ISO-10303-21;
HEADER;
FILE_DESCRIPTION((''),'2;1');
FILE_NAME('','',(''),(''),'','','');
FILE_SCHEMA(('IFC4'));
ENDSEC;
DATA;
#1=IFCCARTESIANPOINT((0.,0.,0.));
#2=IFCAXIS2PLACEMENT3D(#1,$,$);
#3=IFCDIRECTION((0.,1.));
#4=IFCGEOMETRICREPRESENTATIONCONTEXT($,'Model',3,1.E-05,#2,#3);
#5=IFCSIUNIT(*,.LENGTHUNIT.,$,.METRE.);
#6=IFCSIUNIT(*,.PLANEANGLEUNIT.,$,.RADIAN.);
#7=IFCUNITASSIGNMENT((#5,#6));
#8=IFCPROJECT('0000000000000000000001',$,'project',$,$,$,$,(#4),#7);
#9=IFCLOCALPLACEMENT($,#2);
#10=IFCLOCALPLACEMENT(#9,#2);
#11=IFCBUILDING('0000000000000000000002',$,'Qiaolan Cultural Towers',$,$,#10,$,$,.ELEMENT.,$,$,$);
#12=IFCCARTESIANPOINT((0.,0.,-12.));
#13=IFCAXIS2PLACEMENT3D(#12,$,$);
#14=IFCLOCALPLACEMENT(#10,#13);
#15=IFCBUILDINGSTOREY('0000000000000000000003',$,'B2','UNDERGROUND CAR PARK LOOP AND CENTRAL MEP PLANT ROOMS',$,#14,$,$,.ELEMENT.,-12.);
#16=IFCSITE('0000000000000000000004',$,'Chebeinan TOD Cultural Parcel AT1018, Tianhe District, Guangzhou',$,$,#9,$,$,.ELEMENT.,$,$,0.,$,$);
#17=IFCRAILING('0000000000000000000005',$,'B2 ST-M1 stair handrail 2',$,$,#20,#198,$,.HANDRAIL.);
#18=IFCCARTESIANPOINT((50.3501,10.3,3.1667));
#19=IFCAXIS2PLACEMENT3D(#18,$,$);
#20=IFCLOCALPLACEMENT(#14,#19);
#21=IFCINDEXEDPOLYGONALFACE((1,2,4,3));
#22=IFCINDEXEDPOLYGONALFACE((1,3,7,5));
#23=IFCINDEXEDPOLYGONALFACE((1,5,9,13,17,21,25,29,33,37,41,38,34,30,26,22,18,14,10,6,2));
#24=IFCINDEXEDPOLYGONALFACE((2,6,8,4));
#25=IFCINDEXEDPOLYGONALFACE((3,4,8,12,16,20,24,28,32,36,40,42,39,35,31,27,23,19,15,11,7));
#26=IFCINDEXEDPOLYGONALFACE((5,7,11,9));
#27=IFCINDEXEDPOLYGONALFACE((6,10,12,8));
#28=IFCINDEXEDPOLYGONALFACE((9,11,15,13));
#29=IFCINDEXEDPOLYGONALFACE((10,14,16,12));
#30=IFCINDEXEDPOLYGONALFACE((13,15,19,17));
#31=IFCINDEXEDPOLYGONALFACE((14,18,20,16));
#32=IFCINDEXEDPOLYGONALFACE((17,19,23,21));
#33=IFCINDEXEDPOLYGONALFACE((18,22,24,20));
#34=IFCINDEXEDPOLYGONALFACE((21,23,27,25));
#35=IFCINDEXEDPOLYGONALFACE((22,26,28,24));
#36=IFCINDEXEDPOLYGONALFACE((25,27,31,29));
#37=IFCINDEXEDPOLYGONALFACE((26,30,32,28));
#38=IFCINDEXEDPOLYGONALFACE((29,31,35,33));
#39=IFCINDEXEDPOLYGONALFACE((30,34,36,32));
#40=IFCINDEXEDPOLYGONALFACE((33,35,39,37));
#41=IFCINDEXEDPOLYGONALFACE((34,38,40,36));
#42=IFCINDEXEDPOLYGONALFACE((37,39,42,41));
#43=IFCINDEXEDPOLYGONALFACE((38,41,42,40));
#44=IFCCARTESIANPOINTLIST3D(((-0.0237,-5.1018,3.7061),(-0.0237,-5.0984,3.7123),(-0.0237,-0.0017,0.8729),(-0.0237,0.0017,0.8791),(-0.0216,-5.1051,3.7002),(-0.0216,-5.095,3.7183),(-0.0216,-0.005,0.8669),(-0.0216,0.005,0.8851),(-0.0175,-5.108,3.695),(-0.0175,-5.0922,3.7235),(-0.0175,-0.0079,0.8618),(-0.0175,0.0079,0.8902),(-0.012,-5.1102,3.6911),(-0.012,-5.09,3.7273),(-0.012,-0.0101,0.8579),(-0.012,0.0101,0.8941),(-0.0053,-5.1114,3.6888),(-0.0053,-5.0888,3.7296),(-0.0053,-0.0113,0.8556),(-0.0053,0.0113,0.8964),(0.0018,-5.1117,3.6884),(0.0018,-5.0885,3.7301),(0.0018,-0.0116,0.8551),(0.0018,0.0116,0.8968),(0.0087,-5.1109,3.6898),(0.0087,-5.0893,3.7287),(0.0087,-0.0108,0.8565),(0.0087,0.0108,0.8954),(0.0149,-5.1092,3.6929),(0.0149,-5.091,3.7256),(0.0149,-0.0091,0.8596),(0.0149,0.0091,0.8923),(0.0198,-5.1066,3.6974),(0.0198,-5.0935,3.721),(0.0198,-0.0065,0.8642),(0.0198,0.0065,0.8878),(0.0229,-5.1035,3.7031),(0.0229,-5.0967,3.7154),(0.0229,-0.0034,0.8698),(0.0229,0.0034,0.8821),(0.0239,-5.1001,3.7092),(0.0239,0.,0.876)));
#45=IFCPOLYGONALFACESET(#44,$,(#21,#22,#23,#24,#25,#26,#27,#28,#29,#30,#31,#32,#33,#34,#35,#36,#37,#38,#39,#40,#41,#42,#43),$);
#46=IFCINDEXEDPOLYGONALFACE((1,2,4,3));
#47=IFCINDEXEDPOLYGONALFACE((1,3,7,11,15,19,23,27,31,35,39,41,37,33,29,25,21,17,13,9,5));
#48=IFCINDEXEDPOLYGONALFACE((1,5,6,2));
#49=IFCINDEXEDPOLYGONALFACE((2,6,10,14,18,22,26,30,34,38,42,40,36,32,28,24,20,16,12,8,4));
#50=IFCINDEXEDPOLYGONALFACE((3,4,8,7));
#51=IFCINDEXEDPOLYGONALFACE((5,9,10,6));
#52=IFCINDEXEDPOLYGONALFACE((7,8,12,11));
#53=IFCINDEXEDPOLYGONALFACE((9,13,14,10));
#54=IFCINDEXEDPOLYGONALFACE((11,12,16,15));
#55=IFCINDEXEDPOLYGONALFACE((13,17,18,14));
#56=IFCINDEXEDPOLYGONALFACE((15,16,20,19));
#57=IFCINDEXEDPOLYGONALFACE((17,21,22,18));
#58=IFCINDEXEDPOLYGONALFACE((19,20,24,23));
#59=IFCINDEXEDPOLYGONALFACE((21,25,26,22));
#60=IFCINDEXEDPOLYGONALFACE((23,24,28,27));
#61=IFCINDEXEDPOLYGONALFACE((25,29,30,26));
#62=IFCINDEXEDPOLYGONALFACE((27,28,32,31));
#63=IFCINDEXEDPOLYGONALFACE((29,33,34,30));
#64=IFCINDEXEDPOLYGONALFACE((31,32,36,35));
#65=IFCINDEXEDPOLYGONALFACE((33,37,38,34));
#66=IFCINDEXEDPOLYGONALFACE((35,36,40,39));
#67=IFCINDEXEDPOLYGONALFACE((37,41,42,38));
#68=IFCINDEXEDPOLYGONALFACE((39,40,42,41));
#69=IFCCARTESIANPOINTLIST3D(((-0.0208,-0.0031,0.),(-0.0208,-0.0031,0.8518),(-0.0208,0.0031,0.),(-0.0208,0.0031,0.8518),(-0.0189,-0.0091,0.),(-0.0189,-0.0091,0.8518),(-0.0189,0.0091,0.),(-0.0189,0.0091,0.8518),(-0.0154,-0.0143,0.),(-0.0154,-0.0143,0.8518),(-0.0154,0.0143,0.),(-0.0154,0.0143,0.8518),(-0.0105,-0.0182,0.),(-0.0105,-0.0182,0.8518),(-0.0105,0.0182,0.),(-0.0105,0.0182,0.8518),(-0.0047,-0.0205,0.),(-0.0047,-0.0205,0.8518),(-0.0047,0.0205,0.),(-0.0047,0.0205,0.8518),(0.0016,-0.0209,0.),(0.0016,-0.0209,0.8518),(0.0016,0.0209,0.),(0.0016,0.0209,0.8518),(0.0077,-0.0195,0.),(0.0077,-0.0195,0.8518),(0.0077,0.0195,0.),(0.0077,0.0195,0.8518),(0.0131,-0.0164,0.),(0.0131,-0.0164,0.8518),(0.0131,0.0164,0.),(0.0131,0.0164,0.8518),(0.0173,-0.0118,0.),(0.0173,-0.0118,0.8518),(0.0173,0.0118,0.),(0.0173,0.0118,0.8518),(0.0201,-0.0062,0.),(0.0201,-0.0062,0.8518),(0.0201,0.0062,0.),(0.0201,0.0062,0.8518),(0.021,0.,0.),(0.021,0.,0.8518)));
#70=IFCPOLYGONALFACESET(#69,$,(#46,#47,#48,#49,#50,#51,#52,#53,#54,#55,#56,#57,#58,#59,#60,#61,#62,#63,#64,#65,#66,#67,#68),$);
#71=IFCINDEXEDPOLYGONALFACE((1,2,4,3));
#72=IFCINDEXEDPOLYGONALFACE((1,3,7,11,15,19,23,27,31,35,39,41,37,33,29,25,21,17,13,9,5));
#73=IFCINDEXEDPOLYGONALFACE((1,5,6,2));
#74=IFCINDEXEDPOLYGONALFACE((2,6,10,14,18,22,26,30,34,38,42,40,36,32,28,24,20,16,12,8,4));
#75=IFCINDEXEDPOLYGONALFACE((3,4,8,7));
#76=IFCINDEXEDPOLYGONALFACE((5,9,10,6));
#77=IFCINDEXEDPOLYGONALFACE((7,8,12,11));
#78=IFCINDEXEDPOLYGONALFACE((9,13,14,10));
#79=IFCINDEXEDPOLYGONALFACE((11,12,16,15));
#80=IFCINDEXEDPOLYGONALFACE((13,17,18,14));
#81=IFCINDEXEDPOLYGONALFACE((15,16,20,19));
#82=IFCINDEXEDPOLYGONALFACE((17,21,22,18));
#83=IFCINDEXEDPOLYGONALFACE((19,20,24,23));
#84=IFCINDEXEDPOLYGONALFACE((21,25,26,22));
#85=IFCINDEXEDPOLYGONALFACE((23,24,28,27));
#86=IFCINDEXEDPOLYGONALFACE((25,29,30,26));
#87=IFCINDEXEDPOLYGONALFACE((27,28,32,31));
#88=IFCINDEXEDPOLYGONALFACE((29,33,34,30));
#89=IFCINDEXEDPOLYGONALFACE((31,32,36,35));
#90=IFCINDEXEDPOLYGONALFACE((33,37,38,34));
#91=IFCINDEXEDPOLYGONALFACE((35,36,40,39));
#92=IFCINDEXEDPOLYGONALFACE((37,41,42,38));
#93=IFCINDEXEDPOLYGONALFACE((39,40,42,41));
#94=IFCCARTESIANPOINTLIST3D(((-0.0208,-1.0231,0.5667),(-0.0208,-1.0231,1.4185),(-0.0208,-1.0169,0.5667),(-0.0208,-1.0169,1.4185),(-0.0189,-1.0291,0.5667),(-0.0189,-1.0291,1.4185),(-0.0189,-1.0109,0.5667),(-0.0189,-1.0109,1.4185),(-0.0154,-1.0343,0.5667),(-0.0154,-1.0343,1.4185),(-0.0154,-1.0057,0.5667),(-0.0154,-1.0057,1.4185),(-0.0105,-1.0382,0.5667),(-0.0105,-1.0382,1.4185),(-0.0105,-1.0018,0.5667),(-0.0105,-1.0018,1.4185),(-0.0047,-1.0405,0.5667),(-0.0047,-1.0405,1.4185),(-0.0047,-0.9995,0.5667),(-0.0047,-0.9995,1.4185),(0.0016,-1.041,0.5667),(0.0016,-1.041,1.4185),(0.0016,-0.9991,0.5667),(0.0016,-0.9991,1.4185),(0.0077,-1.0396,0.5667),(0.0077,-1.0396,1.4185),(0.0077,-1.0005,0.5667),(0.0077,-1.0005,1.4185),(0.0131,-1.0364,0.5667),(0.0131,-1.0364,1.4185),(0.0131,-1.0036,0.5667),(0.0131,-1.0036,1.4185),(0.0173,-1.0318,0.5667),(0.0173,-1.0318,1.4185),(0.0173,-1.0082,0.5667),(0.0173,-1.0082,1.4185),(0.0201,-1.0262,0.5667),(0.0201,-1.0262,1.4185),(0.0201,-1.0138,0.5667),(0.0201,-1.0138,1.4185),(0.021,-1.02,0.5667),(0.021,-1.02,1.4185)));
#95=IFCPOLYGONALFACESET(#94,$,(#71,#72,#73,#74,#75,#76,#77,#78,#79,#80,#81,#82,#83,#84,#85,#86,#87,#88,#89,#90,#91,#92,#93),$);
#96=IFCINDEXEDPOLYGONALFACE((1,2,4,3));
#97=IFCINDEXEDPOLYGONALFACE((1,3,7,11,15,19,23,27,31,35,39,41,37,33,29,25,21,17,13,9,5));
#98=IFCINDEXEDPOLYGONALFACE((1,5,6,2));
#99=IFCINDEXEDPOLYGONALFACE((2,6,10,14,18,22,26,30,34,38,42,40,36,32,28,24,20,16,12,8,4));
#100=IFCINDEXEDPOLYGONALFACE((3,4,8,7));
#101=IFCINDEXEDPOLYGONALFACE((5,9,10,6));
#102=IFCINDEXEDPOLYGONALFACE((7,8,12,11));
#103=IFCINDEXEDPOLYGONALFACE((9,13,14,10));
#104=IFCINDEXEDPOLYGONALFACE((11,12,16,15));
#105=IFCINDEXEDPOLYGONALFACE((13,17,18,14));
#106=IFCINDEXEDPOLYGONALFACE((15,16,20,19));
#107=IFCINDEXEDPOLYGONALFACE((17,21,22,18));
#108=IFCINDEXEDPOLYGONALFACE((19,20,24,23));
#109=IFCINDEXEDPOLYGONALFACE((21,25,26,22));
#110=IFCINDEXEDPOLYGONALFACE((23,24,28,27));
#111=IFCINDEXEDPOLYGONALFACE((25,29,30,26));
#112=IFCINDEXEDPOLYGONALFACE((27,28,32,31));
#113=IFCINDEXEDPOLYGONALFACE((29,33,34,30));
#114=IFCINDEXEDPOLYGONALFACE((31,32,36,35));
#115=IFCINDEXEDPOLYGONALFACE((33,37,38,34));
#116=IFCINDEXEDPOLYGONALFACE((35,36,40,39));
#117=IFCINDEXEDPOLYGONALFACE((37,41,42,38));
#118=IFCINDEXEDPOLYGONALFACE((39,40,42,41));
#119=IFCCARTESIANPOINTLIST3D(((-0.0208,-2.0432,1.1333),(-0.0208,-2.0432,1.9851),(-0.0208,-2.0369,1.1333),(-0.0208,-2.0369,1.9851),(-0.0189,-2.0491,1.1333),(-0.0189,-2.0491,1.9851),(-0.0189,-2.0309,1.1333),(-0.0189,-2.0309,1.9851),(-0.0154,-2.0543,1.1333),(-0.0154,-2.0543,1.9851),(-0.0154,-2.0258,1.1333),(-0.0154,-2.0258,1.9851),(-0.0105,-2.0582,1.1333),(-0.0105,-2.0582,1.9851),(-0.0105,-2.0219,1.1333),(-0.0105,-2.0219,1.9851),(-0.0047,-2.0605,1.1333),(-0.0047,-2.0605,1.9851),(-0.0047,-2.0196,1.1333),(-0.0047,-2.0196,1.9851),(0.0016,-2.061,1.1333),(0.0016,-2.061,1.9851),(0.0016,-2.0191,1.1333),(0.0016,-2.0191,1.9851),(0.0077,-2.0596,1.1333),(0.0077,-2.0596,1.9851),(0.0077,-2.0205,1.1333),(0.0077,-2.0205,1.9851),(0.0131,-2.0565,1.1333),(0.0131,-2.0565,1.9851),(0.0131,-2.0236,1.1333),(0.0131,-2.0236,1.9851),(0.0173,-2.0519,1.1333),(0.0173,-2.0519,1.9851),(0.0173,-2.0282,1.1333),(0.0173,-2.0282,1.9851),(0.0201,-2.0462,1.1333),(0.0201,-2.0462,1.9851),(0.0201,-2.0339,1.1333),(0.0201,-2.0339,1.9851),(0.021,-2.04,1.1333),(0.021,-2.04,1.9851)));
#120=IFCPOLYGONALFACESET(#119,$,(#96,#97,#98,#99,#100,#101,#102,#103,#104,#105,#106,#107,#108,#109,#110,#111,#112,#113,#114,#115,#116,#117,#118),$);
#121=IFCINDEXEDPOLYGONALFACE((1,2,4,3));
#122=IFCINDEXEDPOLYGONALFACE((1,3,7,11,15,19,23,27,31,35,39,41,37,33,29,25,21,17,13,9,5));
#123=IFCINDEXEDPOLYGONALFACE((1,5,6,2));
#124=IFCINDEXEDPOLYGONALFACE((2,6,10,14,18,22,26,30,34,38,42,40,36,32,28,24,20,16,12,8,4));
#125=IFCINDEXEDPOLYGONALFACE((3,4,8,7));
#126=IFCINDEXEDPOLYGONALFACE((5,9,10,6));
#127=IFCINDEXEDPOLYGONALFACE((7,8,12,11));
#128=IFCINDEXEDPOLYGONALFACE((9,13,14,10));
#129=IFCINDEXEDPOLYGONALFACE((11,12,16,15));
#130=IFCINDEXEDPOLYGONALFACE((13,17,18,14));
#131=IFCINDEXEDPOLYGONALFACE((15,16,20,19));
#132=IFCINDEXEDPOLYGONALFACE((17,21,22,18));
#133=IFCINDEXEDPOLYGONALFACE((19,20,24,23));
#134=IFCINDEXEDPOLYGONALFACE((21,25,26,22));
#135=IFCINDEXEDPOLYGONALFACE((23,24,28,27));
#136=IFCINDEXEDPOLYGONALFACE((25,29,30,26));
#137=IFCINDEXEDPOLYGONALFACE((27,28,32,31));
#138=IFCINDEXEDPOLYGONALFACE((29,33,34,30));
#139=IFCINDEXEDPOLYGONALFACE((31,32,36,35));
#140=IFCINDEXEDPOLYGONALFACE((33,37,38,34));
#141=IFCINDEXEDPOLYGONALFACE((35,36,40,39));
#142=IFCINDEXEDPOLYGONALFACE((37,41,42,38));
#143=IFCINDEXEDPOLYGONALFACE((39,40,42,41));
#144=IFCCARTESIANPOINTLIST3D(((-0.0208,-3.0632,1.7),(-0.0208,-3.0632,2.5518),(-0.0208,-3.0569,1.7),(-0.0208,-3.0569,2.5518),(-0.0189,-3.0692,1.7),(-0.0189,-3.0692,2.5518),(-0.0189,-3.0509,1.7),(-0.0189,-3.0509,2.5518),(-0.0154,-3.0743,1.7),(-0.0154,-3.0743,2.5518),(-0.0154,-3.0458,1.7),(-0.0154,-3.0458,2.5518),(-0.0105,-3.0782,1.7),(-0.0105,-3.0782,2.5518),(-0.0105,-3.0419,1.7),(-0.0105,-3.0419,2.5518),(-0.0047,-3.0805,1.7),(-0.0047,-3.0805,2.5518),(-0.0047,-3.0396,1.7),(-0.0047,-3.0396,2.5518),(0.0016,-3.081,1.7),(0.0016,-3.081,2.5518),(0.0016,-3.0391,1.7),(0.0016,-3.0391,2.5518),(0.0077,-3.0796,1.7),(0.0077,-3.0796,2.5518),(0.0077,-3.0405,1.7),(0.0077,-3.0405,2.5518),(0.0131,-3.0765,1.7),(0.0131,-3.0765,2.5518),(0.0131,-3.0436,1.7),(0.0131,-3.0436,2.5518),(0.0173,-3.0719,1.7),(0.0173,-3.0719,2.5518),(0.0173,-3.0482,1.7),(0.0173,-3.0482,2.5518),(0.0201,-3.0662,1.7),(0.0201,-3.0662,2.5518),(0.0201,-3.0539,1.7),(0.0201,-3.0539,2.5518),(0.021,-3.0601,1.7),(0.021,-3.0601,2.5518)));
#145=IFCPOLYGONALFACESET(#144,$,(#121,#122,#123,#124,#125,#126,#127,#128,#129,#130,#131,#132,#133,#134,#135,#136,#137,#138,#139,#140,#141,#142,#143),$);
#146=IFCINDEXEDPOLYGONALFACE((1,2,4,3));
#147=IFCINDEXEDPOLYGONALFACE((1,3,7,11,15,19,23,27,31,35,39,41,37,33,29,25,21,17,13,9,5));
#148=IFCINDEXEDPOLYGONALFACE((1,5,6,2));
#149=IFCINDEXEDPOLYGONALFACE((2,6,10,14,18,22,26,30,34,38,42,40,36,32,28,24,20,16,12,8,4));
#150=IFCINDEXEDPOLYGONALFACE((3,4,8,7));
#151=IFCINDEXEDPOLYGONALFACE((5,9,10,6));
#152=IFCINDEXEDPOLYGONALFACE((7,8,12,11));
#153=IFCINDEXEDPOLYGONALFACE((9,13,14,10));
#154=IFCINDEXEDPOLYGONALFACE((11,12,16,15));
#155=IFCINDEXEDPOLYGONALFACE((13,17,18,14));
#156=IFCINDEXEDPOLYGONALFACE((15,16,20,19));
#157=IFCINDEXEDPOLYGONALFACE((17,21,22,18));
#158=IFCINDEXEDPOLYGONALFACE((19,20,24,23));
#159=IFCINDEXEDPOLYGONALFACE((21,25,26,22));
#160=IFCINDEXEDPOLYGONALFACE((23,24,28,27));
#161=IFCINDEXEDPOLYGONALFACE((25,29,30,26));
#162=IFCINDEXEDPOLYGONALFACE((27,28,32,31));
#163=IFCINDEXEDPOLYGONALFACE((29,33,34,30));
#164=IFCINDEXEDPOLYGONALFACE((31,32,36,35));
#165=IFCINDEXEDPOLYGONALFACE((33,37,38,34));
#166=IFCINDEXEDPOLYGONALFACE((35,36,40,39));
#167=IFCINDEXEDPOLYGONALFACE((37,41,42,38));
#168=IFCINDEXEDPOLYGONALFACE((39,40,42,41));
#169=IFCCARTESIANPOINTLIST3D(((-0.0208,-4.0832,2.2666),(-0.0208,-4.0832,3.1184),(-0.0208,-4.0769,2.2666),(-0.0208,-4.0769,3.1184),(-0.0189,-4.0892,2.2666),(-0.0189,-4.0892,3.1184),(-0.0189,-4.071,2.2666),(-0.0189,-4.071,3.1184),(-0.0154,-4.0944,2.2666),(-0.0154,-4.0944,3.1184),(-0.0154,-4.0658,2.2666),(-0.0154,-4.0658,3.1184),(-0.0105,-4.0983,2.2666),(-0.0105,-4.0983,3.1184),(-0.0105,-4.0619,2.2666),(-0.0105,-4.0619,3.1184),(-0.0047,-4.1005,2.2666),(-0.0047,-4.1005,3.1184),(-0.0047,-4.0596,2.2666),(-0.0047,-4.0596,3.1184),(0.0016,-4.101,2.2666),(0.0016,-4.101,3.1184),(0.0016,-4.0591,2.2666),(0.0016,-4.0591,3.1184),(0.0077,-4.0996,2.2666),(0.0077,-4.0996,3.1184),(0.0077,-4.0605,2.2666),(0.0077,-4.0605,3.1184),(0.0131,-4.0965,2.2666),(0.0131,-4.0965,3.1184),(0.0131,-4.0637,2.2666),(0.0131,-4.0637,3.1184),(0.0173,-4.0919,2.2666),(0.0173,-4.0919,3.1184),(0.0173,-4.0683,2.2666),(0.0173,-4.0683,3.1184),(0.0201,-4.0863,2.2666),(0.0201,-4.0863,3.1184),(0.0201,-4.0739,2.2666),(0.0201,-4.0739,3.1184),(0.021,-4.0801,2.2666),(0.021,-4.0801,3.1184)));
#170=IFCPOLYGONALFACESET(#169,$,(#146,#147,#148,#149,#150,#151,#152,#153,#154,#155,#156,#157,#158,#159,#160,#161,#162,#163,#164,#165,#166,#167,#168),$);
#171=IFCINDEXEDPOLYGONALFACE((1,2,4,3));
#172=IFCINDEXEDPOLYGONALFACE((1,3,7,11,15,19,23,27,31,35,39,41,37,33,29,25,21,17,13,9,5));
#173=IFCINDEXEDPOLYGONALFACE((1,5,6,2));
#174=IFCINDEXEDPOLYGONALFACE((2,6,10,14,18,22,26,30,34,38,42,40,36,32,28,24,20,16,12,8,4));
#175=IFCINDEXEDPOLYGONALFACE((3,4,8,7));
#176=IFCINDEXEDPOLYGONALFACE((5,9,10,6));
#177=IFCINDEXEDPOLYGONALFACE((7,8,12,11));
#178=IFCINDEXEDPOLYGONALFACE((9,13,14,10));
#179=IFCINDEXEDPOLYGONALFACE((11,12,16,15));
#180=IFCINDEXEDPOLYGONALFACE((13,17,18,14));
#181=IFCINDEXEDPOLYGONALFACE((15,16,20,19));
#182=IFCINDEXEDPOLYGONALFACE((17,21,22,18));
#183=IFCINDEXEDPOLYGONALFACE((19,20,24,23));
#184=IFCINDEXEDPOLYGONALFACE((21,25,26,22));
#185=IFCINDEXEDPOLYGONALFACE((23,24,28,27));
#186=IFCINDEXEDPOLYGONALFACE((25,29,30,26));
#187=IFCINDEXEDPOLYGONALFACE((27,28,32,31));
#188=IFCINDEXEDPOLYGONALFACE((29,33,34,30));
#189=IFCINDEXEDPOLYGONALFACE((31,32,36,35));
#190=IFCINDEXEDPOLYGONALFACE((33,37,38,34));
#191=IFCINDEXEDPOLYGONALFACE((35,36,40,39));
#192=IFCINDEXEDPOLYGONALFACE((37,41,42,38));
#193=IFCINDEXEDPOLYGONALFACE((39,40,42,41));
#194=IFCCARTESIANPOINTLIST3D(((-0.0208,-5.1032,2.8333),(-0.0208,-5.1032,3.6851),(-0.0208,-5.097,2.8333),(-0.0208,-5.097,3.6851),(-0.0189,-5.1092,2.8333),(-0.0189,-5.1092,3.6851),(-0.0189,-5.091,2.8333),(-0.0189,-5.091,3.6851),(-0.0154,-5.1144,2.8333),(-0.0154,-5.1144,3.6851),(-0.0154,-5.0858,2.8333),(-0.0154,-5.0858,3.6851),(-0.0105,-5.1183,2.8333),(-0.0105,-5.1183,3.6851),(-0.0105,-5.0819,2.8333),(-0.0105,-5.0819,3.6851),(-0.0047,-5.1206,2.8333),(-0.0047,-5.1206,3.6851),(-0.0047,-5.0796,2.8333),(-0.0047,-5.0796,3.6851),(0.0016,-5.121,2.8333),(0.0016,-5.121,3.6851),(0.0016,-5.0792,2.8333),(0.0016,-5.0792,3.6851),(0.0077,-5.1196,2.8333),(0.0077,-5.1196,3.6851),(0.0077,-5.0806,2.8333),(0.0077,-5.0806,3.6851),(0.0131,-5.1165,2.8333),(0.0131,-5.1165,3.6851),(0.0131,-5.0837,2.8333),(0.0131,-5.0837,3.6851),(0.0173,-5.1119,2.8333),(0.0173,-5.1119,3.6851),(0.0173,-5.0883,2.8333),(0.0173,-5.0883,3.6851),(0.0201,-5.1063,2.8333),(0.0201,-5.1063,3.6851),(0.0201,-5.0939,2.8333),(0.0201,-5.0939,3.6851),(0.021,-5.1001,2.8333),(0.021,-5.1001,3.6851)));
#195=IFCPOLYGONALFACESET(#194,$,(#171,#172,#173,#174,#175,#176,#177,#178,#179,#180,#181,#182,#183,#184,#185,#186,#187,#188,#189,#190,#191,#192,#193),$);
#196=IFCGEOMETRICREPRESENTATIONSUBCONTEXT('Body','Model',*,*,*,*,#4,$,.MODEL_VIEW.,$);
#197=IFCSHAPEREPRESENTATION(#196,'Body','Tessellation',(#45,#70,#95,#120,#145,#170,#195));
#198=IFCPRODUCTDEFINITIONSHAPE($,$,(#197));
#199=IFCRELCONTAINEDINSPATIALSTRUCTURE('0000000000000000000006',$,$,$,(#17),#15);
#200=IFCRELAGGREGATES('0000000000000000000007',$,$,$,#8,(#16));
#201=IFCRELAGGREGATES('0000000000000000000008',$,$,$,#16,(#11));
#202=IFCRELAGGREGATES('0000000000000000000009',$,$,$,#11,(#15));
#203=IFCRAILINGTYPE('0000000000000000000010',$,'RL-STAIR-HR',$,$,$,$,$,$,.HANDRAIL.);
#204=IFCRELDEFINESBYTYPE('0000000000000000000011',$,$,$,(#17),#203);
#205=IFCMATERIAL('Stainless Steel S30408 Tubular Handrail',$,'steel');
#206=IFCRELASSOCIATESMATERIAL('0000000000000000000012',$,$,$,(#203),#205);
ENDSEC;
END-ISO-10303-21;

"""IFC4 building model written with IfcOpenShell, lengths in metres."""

from ifc_helpers import new_model, si_unit, direction, frame, origin, origin_2d, place, context, subcontext, project, spatial, circle, extrude, material, type_object, element, save


model = new_model("IFC4")

# Units and contexts
model_context = context("Model", 3, precision=1e-05, world=origin(), true_north=direction((0.0, 1.0)))
body_context = subcontext(model_context, "Body", "Model", "MODEL_VIEW")
ifc_project = project(units=[si_unit("LENGTHUNIT", "METRE"), si_unit("PLANEANGLEUNIT", "RADIAN")], contexts=[model_context])

# Site, building, storey
site_placement = place(None, origin())
site = spatial("IfcSite", under=ifc_project, at=site_placement, Name="Chebeinan TOD Cultural Parcel AT1018, Tianhe District, Guangzhou", CompositionType="ELEMENT", RefElevation=0.0)
building_placement = place(site_placement, origin())
building = spatial("IfcBuilding", under=site, at=building_placement, Name="Qiaolan Cultural Towers", CompositionType="ELEMENT")
storey_placement = place(building_placement, frame((0.0, 0.0, -12.0)))
storey = spatial("IfcBuildingStorey", under=building, at=storey_placement, Name="B2", Description="UNDERGROUND CAR PARK LOOP AND CENTRAL MEP PLANT ROOMS", CompositionType="ELEMENT", Elevation=-12.0)

# Railing
ifc_material_1 = material(Name="Stainless Steel S30408 Tubular Handrail", Category="steel")
railing_type_1 = type_object("IfcRailingType", Name="RL-STAIR-HR", PredefinedType="HANDRAIL", material=ifc_material_1)
railing_1_placement = place(storey_placement, frame((50.3501, 10.3, 3.1667)))
element("IfcRailing", 1, at=railing_1_placement, inside=storey, type_object=railing_type_1, Name="B2 ST-M1 stair handrail 2", PredefinedType="HANDRAIL", context=body_context, shape_type="SweptSolid", body=[
    extrude(circle(Radius=0.0239, at=origin_2d()), frame((0.0, 0.0, 0.876), z_axis=(0.0, -0.874167, 0.485625), x_axis=(1.0, 0.0, 0.0)), (0.0, 0.0, 1.0), 5.8342),
    extrude(circle(Radius=0.021, at=origin_2d()), origin(), (0.0, 0.0, 1.0), 0.8518),
    extrude(circle(Radius=0.021, at=origin_2d()), frame((0.0, -1.02, 0.5667)), (0.0, 0.0, 1.0), 0.8518),
    extrude(circle(Radius=0.021, at=origin_2d()), frame((0.0, -2.04, 1.1333)), (0.0, 0.0, 1.0), 0.8518),
    extrude(circle(Radius=0.021, at=origin_2d()), frame((0.0, -3.0601, 1.7)), (0.0, 0.0, 1.0), 0.8518),
    extrude(circle(Radius=0.021, at=origin_2d()), frame((0.0, -4.0801, 2.2666)), (0.0, 0.0, 1.0), 0.8518),
    extrude(circle(Radius=0.021, at=origin_2d()), frame((0.0, -5.1001, 2.8333)), (0.0, 0.0, 1.0), 0.8518),
])

save(model, "model.ifc")
